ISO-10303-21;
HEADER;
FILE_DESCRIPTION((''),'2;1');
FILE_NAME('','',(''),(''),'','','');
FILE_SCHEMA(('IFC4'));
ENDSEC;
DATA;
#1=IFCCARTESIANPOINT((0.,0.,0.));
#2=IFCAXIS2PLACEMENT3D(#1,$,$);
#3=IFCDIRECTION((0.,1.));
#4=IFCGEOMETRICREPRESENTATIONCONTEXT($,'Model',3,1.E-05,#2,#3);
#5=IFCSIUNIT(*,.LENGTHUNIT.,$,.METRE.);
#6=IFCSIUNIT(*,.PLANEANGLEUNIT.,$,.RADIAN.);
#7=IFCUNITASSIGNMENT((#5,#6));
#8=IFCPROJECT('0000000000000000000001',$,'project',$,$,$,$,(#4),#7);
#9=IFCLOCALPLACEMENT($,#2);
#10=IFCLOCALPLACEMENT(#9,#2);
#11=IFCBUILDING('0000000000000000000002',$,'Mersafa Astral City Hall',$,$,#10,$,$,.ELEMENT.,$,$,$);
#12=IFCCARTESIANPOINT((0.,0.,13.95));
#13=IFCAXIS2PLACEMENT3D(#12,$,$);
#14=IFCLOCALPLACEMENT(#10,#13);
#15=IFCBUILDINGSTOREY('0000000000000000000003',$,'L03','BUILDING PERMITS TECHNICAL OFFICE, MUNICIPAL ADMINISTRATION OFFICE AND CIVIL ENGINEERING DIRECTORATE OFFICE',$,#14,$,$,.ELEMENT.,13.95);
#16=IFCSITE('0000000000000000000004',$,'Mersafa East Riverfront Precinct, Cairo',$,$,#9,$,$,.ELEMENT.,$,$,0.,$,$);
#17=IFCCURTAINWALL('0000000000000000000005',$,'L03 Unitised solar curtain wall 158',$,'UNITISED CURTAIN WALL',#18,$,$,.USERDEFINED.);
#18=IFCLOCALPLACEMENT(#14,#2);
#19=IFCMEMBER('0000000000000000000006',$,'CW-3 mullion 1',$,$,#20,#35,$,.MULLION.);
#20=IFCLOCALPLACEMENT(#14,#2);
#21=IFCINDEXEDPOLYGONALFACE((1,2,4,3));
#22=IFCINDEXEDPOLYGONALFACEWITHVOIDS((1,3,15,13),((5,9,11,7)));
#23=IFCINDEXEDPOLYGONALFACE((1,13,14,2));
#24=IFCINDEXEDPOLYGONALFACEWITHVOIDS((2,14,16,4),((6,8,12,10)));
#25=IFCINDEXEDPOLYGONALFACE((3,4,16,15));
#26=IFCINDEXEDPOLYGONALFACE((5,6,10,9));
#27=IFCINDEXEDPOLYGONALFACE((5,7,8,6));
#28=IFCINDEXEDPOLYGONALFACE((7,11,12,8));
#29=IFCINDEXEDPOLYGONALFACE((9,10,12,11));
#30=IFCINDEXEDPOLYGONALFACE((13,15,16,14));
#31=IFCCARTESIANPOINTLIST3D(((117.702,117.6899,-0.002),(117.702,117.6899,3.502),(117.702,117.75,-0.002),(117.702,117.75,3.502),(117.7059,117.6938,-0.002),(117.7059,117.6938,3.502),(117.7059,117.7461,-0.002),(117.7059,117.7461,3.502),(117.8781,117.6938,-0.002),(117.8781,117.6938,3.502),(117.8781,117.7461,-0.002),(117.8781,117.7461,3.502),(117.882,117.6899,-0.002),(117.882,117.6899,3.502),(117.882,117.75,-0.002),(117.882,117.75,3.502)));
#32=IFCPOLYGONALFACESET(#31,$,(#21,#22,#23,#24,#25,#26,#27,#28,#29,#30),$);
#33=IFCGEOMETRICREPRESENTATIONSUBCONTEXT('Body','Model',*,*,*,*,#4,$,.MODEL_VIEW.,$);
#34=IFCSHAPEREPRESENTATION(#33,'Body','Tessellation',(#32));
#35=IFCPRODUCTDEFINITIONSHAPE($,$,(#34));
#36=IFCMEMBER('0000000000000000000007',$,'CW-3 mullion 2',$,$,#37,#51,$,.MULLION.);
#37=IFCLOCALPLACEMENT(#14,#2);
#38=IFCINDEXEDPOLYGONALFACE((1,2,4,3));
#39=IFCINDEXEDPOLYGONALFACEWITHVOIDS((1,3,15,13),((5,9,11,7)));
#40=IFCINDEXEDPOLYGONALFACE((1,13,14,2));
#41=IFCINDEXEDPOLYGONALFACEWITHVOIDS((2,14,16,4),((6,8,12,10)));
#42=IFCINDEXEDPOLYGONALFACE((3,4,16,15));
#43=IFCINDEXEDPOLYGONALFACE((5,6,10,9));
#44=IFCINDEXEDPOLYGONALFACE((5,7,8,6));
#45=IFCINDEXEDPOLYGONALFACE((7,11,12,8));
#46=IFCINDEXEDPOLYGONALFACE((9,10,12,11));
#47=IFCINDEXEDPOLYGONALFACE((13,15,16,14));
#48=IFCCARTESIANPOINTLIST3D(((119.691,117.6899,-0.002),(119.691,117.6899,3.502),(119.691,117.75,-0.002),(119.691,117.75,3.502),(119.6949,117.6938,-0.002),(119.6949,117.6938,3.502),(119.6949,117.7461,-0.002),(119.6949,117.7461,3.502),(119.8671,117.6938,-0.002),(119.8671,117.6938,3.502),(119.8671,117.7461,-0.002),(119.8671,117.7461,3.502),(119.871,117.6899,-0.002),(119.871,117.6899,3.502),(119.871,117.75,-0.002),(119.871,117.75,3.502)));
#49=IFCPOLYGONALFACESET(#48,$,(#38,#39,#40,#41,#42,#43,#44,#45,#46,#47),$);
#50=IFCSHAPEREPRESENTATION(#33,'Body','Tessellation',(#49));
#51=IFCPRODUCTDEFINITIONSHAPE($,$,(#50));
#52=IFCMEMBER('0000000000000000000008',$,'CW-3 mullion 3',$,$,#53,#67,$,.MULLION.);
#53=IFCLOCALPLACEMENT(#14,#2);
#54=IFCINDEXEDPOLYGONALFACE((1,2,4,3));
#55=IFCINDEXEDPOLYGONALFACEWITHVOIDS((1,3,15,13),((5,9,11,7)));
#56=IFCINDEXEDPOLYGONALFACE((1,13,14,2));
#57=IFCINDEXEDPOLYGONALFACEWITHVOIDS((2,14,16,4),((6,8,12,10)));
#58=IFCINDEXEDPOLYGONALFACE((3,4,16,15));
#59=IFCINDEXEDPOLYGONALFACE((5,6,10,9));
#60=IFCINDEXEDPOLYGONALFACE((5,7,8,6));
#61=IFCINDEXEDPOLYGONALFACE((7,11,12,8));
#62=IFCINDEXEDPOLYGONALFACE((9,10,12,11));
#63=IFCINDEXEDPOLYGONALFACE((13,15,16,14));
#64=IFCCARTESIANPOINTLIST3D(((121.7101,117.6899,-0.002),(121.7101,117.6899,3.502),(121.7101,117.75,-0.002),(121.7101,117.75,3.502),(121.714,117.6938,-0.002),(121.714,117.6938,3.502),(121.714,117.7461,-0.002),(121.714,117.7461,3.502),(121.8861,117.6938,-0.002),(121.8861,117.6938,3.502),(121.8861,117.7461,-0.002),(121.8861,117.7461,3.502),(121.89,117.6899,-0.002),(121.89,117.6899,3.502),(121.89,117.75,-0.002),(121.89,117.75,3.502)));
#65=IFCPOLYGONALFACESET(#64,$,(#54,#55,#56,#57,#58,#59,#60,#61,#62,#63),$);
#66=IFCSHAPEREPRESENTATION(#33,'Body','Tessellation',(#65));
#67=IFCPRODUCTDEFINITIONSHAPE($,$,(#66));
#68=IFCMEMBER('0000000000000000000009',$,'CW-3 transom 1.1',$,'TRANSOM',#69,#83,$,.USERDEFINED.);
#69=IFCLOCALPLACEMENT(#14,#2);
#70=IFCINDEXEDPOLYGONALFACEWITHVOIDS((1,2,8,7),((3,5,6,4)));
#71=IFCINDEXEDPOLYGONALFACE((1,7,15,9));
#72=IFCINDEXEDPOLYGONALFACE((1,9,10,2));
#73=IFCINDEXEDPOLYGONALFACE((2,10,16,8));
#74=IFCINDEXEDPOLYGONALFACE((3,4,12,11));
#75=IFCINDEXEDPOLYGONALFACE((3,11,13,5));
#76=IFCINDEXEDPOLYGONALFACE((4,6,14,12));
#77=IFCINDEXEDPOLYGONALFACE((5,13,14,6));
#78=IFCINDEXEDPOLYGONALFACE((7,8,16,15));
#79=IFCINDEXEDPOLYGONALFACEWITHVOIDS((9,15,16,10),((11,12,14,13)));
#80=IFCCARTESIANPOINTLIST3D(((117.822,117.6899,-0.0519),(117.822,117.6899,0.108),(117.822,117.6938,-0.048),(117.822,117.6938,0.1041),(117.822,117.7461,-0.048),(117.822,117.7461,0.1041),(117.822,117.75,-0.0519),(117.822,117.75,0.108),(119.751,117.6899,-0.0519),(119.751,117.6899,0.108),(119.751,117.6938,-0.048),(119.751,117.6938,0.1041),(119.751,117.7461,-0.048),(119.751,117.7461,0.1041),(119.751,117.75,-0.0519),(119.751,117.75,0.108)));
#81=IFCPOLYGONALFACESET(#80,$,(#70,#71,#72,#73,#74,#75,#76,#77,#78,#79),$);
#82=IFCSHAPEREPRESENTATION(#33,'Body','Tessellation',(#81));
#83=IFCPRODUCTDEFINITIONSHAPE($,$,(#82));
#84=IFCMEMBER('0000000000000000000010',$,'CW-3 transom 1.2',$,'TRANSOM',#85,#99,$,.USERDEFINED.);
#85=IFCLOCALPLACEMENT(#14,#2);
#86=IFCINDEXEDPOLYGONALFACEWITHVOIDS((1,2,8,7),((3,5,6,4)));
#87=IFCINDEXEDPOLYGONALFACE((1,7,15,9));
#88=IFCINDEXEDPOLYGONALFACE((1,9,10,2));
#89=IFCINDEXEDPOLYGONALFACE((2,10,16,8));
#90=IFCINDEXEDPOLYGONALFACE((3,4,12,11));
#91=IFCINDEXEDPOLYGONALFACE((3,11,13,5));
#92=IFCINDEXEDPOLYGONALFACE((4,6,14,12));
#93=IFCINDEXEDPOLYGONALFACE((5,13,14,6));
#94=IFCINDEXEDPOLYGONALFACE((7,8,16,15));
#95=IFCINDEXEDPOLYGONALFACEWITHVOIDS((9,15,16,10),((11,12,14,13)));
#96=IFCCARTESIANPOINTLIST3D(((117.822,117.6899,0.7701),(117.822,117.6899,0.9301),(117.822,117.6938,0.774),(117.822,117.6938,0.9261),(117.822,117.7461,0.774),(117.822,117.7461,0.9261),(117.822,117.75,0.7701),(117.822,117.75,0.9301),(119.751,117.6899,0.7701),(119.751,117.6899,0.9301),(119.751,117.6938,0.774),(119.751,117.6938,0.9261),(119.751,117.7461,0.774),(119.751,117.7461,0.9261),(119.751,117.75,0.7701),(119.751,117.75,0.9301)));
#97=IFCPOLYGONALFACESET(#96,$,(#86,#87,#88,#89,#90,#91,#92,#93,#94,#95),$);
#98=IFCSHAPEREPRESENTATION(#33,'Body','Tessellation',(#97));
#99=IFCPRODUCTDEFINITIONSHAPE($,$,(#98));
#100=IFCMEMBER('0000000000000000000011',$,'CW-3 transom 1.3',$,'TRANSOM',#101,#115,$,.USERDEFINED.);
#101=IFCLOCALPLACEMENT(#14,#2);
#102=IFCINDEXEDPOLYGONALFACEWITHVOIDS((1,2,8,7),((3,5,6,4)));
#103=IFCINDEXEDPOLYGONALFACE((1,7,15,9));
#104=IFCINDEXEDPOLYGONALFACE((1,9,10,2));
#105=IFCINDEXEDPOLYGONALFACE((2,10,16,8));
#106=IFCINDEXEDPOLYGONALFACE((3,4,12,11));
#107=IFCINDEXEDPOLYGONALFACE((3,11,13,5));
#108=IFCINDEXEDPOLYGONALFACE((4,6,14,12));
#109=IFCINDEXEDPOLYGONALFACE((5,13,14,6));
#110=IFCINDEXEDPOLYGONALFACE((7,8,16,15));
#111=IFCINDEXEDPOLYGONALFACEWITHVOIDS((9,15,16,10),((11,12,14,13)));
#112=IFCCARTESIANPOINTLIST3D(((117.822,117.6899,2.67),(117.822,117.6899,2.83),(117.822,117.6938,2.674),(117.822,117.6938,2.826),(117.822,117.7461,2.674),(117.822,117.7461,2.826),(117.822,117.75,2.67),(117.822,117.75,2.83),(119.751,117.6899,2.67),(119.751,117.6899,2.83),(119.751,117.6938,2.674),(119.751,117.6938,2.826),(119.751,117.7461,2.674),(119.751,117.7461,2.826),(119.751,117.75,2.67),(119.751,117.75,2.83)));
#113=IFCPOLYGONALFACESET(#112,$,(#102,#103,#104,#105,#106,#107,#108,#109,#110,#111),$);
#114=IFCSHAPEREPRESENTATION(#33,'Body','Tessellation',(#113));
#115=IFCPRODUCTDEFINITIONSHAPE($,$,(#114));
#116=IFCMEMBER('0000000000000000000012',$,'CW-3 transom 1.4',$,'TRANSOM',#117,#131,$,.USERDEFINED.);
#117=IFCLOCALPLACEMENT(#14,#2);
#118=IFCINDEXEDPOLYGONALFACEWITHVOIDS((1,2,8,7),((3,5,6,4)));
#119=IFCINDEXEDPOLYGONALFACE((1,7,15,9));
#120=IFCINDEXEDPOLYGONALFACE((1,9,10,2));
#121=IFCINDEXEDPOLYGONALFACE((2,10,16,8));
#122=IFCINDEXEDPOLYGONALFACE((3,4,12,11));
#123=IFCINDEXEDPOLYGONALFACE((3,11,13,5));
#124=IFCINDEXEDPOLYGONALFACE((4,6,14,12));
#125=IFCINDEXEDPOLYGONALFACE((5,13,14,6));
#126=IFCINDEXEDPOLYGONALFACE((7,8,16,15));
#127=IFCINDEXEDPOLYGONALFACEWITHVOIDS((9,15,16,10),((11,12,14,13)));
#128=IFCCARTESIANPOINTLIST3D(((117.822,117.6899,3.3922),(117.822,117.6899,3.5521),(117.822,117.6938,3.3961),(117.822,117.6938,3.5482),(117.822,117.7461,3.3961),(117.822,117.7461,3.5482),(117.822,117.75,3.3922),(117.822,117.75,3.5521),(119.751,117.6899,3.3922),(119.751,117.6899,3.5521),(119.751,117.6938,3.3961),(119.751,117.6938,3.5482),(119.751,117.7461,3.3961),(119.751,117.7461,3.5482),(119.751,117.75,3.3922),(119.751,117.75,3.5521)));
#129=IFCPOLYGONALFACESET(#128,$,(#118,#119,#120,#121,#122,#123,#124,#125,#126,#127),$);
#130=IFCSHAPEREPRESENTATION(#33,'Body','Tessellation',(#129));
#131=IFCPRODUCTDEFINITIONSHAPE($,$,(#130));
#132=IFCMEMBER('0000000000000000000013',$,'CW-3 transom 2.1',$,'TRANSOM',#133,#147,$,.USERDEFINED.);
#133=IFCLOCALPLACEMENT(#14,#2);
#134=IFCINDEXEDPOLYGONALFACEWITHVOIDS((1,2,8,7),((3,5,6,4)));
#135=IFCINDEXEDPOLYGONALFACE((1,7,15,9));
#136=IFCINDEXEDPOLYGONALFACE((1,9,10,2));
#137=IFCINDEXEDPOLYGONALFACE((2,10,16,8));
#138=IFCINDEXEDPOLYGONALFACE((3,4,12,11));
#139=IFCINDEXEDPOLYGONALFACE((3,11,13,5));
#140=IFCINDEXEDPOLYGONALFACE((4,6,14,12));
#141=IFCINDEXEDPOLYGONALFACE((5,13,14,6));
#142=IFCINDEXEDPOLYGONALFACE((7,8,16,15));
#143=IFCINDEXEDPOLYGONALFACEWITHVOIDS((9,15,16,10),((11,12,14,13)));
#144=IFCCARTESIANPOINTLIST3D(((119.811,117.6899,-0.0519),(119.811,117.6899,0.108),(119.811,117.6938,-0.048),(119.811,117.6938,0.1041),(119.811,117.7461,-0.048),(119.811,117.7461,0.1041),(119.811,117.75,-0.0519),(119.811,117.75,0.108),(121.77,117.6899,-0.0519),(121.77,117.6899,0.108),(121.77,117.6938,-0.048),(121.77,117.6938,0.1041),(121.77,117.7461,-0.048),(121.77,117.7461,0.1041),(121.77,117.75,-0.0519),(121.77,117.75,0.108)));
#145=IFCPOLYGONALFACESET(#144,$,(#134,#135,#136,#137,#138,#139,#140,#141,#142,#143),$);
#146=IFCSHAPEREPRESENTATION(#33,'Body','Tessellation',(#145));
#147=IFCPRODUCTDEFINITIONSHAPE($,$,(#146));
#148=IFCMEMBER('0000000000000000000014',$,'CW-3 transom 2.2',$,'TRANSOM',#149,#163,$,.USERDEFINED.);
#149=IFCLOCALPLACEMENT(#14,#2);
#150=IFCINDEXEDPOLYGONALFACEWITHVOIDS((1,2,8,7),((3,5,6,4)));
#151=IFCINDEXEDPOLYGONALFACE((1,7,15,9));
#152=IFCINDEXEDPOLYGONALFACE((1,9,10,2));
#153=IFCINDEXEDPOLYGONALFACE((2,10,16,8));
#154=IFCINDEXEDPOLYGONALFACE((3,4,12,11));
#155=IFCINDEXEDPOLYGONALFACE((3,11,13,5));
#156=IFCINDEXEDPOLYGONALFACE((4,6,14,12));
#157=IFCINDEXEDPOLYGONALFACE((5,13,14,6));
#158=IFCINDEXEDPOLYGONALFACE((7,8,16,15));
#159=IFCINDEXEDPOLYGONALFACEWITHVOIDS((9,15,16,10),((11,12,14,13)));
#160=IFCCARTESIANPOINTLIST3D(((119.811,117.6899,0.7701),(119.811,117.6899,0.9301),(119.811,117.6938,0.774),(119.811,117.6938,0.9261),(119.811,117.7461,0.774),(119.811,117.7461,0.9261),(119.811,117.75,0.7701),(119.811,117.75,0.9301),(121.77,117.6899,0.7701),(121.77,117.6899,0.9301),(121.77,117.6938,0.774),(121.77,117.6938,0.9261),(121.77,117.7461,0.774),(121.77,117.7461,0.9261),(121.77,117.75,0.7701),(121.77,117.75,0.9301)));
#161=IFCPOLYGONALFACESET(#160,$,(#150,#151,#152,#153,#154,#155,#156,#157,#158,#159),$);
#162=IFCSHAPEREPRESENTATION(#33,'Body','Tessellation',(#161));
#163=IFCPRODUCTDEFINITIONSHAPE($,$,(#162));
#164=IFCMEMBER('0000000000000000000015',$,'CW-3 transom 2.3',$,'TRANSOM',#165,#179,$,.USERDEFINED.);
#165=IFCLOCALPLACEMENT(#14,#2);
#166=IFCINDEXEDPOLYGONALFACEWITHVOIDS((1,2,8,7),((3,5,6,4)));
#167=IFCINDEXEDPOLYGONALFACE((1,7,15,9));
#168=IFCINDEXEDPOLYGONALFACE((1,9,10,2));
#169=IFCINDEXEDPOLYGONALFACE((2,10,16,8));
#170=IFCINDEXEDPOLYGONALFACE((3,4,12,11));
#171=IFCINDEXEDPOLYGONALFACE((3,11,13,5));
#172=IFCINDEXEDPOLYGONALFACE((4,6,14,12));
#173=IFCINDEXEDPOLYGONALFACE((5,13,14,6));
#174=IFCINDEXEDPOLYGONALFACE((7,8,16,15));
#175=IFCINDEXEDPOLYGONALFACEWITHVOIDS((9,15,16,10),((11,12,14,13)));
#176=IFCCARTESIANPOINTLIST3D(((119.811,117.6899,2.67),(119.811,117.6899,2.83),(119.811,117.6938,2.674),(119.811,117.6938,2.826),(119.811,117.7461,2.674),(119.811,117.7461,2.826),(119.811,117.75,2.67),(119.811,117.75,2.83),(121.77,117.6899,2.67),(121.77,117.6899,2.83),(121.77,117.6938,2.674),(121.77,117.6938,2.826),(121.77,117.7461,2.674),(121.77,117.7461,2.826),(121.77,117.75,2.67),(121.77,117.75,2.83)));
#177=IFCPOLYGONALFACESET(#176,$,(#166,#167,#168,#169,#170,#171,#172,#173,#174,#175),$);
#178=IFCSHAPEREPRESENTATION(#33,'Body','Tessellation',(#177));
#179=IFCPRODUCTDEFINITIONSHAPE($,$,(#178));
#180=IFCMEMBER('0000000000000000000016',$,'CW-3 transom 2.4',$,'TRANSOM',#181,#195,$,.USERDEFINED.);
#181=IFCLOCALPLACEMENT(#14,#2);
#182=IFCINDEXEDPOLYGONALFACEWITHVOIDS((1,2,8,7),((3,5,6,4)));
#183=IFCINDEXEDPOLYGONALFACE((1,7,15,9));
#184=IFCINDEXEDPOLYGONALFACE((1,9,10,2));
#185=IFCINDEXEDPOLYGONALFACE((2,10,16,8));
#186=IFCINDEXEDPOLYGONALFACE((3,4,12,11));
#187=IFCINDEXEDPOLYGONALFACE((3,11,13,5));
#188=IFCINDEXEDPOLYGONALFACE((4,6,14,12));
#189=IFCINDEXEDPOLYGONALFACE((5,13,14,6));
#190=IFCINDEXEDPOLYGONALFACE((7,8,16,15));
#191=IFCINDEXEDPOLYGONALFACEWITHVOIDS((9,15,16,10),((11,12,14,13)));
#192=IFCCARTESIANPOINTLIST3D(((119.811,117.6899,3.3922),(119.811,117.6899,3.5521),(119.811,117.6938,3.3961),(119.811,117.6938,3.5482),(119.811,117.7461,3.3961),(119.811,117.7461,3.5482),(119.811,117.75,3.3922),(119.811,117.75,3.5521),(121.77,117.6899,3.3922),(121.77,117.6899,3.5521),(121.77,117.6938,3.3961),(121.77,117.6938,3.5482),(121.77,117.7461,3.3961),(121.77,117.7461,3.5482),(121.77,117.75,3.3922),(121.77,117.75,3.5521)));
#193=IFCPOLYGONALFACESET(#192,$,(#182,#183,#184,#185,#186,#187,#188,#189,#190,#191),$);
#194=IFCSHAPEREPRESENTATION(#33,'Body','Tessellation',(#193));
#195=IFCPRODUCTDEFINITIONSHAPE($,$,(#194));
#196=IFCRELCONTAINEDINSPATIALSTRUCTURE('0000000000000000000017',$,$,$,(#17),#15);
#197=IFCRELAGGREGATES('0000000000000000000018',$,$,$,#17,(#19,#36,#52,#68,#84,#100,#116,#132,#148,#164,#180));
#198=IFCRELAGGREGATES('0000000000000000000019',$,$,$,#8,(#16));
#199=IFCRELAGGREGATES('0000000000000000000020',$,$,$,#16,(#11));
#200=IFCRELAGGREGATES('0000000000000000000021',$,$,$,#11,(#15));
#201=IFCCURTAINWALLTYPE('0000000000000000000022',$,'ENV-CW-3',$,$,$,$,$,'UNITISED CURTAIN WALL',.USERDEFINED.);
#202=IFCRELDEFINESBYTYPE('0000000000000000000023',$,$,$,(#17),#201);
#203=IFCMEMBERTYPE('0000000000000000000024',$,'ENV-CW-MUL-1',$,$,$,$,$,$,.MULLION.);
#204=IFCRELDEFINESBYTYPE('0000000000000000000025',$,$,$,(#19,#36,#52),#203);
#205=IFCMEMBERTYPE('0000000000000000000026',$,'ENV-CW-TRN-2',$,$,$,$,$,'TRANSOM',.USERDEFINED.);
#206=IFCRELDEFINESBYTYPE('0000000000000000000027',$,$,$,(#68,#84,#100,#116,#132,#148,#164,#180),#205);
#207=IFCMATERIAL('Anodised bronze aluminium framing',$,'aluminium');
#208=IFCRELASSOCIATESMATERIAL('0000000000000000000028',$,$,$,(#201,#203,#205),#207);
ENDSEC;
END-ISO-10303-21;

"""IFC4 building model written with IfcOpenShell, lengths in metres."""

from ifc_helpers import new_model, si_unit, direction, frame, origin, origin_2d, place, context, subcontext, project, spatial, hollow_rectangle, extrude, material, material_profile, profile_set, type_object, element, aggregate, save


model = new_model("IFC4")

# Units and contexts
model_context = context("Model", 3, precision=1e-05, world=origin(), true_north=direction((0.0, 1.0)))
body_context = subcontext(model_context, "Body", "Model", "MODEL_VIEW")
ifc_project = project(units=[si_unit("LENGTHUNIT", "METRE"), si_unit("PLANEANGLEUNIT", "RADIAN")], contexts=[model_context])

# Site, building, storey
site_placement = place(None, origin())
site = spatial("IfcSite", under=ifc_project, at=site_placement, Name="Mersafa East Riverfront Precinct, Cairo", CompositionType="ELEMENT", RefElevation=0.0)
building_placement = place(site_placement, origin())
building = spatial("IfcBuilding", under=site, at=building_placement, Name="Mersafa Astral City Hall", CompositionType="ELEMENT")
storey_placement = place(building_placement, frame((0.0, 0.0, 13.95)))
storey = spatial("IfcBuildingStorey", under=building, at=storey_placement, Name="L03", Description="BUILDING PERMITS TECHNICAL OFFICE, MUNICIPAL ADMINISTRATION OFFICE AND CIVIL ENGINEERING DIRECTORATE OFFICE", CompositionType="ELEMENT", Elevation=13.95)

# Curtain wall, members
ifc_material_1 = material(Name="Anodised bronze aluminium framing", Category="aluminium")
curtain_wall_type = type_object("IfcCurtainWallType", Name="ENV-CW-3", ElementType="UNITISED CURTAIN WALL", PredefinedType="USERDEFINED", material=ifc_material_1)
curtain_wall_placement = place(storey_placement, origin())
curtain_wall = element("IfcCurtainWall", 1, at=curtain_wall_placement, inside=storey, type_object=curtain_wall_type, Name="L03 Unitised solar curtain wall 158", ObjectType="UNITISED CURTAIN WALL", PredefinedType="USERDEFINED")
ifc_material_profile_1 = material_profile(ifc_material_1, hollow_rectangle(XDim=0.0601, YDim=0.1799, WallThickness=0.0039, at=origin_2d()), Name="RHS 60x180x4")
ifc_profile_set_1 = profile_set([ifc_material_profile_1], Name="Anodised bronze aluminium framing")
member_type_1 = type_object("IfcMemberType", Name="ENV-CW-MUL-1", PredefinedType="MULLION", material=ifc_profile_set_1)
member_1_placement = place(storey_placement, frame((117.792, 117.72, -0.002), z_axis=(0.0, 0.0, 1.0), x_axis=(0.0, 1.0, 0.0)))
member_1 = element("IfcMember", 2, at=member_1_placement, type_object=member_type_1, Name="CW-3 mullion 1", PredefinedType="MULLION", context=body_context, shape_type="SweptSolid", body=[
    extrude(hollow_rectangle(XDim=0.0601, YDim=0.1799, WallThickness=0.0039, at=origin_2d()), origin(), (0.0, 0.0, 1.0), 3.5039),
])
member_2_placement = place(storey_placement, frame((119.781, 117.72, -0.002), z_axis=(0.0, 0.0, 1.0), x_axis=(0.0, 1.0, 0.0)))
member_2 = element("IfcMember", 3, at=member_2_placement, type_object=member_type_1, Name="CW-3 mullion 2", PredefinedType="MULLION", context=body_context, shape_type="SweptSolid", body=[
    extrude(hollow_rectangle(XDim=0.0601, YDim=0.1799, WallThickness=0.0039, at=origin_2d()), origin(), (0.0, 0.0, 1.0), 3.5039),
])
member_3_placement = place(storey_placement, frame((121.8, 117.72, -0.002), z_axis=(0.0, 0.0, 1.0), x_axis=(0.0, 1.0, 0.0)))
member_3 = element("IfcMember", 4, at=member_3_placement, type_object=member_type_1, Name="CW-3 mullion 3", PredefinedType="MULLION", context=body_context, shape_type="SweptSolid", body=[
    extrude(hollow_rectangle(XDim=0.0601, YDim=0.1799, WallThickness=0.0039, at=origin_2d()), origin(), (0.0, 0.0, 1.0), 3.5039),
])
ifc_material_profile_2 = material_profile(ifc_material_1, hollow_rectangle(XDim=0.0601, YDim=0.1599, WallThickness=0.0039, at=origin_2d()), Name="RHS 60x160x4")
ifc_profile_set_2 = profile_set([ifc_material_profile_2], Name="Anodised bronze aluminium framing")
member_type_2 = type_object("IfcMemberType", Name="ENV-CW-TRN-2", ElementType="TRANSOM", PredefinedType="USERDEFINED", material=ifc_profile_set_2)
member_4_placement = place(storey_placement, frame((117.822, 117.72, 0.0281), z_axis=(1.0, 0.0, 0.0), x_axis=(0.0, 1.0, 0.0)))
member_4 = element("IfcMember", 5, at=member_4_placement, type_object=member_type_2, Name="CW-3 transom 1.1", ObjectType="TRANSOM", PredefinedType="USERDEFINED", context=body_context, shape_type="SweptSolid", body=[
    extrude(hollow_rectangle(XDim=0.0601, YDim=0.1599, WallThickness=0.0039, at=origin_2d()), origin(), (0.0, 0.0, 1.0), 1.929),
])
member_5_placement = place(storey_placement, frame((117.822, 117.72, 0.8501), z_axis=(1.0, 0.0, 0.0), x_axis=(0.0, 1.0, 0.0)))
member_5 = element("IfcMember", 6, at=member_5_placement, type_object=member_type_2, Name="CW-3 transom 1.2", ObjectType="TRANSOM", PredefinedType="USERDEFINED", context=body_context, shape_type="SweptSolid", body=[
    extrude(hollow_rectangle(XDim=0.0601, YDim=0.1599, WallThickness=0.0039, at=origin_2d()), origin(), (0.0, 0.0, 1.0), 1.929),
])
member_6_placement = place(storey_placement, frame((117.822, 117.72, 2.75), z_axis=(1.0, 0.0, 0.0), x_axis=(0.0, 1.0, 0.0)))
member_6 = element("IfcMember", 7, at=member_6_placement, type_object=member_type_2, Name="CW-3 transom 1.3", ObjectType="TRANSOM", PredefinedType="USERDEFINED", context=body_context, shape_type="SweptSolid", body=[
    extrude(hollow_rectangle(XDim=0.0601, YDim=0.1599, WallThickness=0.0039, at=origin_2d()), origin(), (0.0, 0.0, 1.0), 1.929),
])
member_7_placement = place(storey_placement, frame((117.822, 117.72, 3.4722), z_axis=(1.0, 0.0, 0.0), x_axis=(0.0, 1.0, 0.0)))
member_7 = element("IfcMember", 8, at=member_7_placement, type_object=member_type_2, Name="CW-3 transom 1.4", ObjectType="TRANSOM", PredefinedType="USERDEFINED", context=body_context, shape_type="SweptSolid", body=[
    extrude(hollow_rectangle(XDim=0.0601, YDim=0.1599, WallThickness=0.0039, at=origin_2d()), origin(), (0.0, 0.0, 1.0), 1.929),
])
member_8_placement = place(storey_placement, frame((119.811, 117.72, 0.0281), z_axis=(1.0, 0.0, 0.0), x_axis=(0.0, 1.0, 0.0)))
member_8 = element("IfcMember", 9, at=member_8_placement, type_object=member_type_2, Name="CW-3 transom 2.1", ObjectType="TRANSOM", PredefinedType="USERDEFINED", context=body_context, shape_type="SweptSolid", body=[
    extrude(hollow_rectangle(XDim=0.0601, YDim=0.1599, WallThickness=0.0039, at=origin_2d()), origin(), (0.0, 0.0, 1.0), 1.959),
])
member_9_placement = place(storey_placement, frame((119.811, 117.72, 0.8501), z_axis=(1.0, 0.0, 0.0), x_axis=(0.0, 1.0, 0.0)))
member_9 = element("IfcMember", 10, at=member_9_placement, type_object=member_type_2, Name="CW-3 transom 2.2", ObjectType="TRANSOM", PredefinedType="USERDEFINED", context=body_context, shape_type="SweptSolid", body=[
    extrude(hollow_rectangle(XDim=0.0601, YDim=0.1599, WallThickness=0.0039, at=origin_2d()), origin(), (0.0, 0.0, 1.0), 1.959),
])
member_10_placement = place(storey_placement, frame((119.811, 117.72, 2.75), z_axis=(1.0, 0.0, 0.0), x_axis=(0.0, 1.0, 0.0)))
member_10 = element("IfcMember", 11, at=member_10_placement, type_object=member_type_2, Name="CW-3 transom 2.3", ObjectType="TRANSOM", PredefinedType="USERDEFINED", context=body_context, shape_type="SweptSolid", body=[
    extrude(hollow_rectangle(XDim=0.0601, YDim=0.1599, WallThickness=0.0039, at=origin_2d()), origin(), (0.0, 0.0, 1.0), 1.959),
])
member_11_placement = place(storey_placement, frame((119.811, 117.72, 3.4722), z_axis=(1.0, 0.0, 0.0), x_axis=(0.0, 1.0, 0.0)))
member_11 = element("IfcMember", 12, at=member_11_placement, type_object=member_type_2, Name="CW-3 transom 2.4", ObjectType="TRANSOM", PredefinedType="USERDEFINED", context=body_context, shape_type="SweptSolid", body=[
    extrude(hollow_rectangle(XDim=0.0601, YDim=0.1599, WallThickness=0.0039, at=origin_2d()), origin(), (0.0, 0.0, 1.0), 1.959),
])
aggregate(curtain_wall, [member_1, member_2, member_3, member_4, member_5, member_6, member_7, member_8, member_9, member_10, member_11])

save(model, "model.ifc")
